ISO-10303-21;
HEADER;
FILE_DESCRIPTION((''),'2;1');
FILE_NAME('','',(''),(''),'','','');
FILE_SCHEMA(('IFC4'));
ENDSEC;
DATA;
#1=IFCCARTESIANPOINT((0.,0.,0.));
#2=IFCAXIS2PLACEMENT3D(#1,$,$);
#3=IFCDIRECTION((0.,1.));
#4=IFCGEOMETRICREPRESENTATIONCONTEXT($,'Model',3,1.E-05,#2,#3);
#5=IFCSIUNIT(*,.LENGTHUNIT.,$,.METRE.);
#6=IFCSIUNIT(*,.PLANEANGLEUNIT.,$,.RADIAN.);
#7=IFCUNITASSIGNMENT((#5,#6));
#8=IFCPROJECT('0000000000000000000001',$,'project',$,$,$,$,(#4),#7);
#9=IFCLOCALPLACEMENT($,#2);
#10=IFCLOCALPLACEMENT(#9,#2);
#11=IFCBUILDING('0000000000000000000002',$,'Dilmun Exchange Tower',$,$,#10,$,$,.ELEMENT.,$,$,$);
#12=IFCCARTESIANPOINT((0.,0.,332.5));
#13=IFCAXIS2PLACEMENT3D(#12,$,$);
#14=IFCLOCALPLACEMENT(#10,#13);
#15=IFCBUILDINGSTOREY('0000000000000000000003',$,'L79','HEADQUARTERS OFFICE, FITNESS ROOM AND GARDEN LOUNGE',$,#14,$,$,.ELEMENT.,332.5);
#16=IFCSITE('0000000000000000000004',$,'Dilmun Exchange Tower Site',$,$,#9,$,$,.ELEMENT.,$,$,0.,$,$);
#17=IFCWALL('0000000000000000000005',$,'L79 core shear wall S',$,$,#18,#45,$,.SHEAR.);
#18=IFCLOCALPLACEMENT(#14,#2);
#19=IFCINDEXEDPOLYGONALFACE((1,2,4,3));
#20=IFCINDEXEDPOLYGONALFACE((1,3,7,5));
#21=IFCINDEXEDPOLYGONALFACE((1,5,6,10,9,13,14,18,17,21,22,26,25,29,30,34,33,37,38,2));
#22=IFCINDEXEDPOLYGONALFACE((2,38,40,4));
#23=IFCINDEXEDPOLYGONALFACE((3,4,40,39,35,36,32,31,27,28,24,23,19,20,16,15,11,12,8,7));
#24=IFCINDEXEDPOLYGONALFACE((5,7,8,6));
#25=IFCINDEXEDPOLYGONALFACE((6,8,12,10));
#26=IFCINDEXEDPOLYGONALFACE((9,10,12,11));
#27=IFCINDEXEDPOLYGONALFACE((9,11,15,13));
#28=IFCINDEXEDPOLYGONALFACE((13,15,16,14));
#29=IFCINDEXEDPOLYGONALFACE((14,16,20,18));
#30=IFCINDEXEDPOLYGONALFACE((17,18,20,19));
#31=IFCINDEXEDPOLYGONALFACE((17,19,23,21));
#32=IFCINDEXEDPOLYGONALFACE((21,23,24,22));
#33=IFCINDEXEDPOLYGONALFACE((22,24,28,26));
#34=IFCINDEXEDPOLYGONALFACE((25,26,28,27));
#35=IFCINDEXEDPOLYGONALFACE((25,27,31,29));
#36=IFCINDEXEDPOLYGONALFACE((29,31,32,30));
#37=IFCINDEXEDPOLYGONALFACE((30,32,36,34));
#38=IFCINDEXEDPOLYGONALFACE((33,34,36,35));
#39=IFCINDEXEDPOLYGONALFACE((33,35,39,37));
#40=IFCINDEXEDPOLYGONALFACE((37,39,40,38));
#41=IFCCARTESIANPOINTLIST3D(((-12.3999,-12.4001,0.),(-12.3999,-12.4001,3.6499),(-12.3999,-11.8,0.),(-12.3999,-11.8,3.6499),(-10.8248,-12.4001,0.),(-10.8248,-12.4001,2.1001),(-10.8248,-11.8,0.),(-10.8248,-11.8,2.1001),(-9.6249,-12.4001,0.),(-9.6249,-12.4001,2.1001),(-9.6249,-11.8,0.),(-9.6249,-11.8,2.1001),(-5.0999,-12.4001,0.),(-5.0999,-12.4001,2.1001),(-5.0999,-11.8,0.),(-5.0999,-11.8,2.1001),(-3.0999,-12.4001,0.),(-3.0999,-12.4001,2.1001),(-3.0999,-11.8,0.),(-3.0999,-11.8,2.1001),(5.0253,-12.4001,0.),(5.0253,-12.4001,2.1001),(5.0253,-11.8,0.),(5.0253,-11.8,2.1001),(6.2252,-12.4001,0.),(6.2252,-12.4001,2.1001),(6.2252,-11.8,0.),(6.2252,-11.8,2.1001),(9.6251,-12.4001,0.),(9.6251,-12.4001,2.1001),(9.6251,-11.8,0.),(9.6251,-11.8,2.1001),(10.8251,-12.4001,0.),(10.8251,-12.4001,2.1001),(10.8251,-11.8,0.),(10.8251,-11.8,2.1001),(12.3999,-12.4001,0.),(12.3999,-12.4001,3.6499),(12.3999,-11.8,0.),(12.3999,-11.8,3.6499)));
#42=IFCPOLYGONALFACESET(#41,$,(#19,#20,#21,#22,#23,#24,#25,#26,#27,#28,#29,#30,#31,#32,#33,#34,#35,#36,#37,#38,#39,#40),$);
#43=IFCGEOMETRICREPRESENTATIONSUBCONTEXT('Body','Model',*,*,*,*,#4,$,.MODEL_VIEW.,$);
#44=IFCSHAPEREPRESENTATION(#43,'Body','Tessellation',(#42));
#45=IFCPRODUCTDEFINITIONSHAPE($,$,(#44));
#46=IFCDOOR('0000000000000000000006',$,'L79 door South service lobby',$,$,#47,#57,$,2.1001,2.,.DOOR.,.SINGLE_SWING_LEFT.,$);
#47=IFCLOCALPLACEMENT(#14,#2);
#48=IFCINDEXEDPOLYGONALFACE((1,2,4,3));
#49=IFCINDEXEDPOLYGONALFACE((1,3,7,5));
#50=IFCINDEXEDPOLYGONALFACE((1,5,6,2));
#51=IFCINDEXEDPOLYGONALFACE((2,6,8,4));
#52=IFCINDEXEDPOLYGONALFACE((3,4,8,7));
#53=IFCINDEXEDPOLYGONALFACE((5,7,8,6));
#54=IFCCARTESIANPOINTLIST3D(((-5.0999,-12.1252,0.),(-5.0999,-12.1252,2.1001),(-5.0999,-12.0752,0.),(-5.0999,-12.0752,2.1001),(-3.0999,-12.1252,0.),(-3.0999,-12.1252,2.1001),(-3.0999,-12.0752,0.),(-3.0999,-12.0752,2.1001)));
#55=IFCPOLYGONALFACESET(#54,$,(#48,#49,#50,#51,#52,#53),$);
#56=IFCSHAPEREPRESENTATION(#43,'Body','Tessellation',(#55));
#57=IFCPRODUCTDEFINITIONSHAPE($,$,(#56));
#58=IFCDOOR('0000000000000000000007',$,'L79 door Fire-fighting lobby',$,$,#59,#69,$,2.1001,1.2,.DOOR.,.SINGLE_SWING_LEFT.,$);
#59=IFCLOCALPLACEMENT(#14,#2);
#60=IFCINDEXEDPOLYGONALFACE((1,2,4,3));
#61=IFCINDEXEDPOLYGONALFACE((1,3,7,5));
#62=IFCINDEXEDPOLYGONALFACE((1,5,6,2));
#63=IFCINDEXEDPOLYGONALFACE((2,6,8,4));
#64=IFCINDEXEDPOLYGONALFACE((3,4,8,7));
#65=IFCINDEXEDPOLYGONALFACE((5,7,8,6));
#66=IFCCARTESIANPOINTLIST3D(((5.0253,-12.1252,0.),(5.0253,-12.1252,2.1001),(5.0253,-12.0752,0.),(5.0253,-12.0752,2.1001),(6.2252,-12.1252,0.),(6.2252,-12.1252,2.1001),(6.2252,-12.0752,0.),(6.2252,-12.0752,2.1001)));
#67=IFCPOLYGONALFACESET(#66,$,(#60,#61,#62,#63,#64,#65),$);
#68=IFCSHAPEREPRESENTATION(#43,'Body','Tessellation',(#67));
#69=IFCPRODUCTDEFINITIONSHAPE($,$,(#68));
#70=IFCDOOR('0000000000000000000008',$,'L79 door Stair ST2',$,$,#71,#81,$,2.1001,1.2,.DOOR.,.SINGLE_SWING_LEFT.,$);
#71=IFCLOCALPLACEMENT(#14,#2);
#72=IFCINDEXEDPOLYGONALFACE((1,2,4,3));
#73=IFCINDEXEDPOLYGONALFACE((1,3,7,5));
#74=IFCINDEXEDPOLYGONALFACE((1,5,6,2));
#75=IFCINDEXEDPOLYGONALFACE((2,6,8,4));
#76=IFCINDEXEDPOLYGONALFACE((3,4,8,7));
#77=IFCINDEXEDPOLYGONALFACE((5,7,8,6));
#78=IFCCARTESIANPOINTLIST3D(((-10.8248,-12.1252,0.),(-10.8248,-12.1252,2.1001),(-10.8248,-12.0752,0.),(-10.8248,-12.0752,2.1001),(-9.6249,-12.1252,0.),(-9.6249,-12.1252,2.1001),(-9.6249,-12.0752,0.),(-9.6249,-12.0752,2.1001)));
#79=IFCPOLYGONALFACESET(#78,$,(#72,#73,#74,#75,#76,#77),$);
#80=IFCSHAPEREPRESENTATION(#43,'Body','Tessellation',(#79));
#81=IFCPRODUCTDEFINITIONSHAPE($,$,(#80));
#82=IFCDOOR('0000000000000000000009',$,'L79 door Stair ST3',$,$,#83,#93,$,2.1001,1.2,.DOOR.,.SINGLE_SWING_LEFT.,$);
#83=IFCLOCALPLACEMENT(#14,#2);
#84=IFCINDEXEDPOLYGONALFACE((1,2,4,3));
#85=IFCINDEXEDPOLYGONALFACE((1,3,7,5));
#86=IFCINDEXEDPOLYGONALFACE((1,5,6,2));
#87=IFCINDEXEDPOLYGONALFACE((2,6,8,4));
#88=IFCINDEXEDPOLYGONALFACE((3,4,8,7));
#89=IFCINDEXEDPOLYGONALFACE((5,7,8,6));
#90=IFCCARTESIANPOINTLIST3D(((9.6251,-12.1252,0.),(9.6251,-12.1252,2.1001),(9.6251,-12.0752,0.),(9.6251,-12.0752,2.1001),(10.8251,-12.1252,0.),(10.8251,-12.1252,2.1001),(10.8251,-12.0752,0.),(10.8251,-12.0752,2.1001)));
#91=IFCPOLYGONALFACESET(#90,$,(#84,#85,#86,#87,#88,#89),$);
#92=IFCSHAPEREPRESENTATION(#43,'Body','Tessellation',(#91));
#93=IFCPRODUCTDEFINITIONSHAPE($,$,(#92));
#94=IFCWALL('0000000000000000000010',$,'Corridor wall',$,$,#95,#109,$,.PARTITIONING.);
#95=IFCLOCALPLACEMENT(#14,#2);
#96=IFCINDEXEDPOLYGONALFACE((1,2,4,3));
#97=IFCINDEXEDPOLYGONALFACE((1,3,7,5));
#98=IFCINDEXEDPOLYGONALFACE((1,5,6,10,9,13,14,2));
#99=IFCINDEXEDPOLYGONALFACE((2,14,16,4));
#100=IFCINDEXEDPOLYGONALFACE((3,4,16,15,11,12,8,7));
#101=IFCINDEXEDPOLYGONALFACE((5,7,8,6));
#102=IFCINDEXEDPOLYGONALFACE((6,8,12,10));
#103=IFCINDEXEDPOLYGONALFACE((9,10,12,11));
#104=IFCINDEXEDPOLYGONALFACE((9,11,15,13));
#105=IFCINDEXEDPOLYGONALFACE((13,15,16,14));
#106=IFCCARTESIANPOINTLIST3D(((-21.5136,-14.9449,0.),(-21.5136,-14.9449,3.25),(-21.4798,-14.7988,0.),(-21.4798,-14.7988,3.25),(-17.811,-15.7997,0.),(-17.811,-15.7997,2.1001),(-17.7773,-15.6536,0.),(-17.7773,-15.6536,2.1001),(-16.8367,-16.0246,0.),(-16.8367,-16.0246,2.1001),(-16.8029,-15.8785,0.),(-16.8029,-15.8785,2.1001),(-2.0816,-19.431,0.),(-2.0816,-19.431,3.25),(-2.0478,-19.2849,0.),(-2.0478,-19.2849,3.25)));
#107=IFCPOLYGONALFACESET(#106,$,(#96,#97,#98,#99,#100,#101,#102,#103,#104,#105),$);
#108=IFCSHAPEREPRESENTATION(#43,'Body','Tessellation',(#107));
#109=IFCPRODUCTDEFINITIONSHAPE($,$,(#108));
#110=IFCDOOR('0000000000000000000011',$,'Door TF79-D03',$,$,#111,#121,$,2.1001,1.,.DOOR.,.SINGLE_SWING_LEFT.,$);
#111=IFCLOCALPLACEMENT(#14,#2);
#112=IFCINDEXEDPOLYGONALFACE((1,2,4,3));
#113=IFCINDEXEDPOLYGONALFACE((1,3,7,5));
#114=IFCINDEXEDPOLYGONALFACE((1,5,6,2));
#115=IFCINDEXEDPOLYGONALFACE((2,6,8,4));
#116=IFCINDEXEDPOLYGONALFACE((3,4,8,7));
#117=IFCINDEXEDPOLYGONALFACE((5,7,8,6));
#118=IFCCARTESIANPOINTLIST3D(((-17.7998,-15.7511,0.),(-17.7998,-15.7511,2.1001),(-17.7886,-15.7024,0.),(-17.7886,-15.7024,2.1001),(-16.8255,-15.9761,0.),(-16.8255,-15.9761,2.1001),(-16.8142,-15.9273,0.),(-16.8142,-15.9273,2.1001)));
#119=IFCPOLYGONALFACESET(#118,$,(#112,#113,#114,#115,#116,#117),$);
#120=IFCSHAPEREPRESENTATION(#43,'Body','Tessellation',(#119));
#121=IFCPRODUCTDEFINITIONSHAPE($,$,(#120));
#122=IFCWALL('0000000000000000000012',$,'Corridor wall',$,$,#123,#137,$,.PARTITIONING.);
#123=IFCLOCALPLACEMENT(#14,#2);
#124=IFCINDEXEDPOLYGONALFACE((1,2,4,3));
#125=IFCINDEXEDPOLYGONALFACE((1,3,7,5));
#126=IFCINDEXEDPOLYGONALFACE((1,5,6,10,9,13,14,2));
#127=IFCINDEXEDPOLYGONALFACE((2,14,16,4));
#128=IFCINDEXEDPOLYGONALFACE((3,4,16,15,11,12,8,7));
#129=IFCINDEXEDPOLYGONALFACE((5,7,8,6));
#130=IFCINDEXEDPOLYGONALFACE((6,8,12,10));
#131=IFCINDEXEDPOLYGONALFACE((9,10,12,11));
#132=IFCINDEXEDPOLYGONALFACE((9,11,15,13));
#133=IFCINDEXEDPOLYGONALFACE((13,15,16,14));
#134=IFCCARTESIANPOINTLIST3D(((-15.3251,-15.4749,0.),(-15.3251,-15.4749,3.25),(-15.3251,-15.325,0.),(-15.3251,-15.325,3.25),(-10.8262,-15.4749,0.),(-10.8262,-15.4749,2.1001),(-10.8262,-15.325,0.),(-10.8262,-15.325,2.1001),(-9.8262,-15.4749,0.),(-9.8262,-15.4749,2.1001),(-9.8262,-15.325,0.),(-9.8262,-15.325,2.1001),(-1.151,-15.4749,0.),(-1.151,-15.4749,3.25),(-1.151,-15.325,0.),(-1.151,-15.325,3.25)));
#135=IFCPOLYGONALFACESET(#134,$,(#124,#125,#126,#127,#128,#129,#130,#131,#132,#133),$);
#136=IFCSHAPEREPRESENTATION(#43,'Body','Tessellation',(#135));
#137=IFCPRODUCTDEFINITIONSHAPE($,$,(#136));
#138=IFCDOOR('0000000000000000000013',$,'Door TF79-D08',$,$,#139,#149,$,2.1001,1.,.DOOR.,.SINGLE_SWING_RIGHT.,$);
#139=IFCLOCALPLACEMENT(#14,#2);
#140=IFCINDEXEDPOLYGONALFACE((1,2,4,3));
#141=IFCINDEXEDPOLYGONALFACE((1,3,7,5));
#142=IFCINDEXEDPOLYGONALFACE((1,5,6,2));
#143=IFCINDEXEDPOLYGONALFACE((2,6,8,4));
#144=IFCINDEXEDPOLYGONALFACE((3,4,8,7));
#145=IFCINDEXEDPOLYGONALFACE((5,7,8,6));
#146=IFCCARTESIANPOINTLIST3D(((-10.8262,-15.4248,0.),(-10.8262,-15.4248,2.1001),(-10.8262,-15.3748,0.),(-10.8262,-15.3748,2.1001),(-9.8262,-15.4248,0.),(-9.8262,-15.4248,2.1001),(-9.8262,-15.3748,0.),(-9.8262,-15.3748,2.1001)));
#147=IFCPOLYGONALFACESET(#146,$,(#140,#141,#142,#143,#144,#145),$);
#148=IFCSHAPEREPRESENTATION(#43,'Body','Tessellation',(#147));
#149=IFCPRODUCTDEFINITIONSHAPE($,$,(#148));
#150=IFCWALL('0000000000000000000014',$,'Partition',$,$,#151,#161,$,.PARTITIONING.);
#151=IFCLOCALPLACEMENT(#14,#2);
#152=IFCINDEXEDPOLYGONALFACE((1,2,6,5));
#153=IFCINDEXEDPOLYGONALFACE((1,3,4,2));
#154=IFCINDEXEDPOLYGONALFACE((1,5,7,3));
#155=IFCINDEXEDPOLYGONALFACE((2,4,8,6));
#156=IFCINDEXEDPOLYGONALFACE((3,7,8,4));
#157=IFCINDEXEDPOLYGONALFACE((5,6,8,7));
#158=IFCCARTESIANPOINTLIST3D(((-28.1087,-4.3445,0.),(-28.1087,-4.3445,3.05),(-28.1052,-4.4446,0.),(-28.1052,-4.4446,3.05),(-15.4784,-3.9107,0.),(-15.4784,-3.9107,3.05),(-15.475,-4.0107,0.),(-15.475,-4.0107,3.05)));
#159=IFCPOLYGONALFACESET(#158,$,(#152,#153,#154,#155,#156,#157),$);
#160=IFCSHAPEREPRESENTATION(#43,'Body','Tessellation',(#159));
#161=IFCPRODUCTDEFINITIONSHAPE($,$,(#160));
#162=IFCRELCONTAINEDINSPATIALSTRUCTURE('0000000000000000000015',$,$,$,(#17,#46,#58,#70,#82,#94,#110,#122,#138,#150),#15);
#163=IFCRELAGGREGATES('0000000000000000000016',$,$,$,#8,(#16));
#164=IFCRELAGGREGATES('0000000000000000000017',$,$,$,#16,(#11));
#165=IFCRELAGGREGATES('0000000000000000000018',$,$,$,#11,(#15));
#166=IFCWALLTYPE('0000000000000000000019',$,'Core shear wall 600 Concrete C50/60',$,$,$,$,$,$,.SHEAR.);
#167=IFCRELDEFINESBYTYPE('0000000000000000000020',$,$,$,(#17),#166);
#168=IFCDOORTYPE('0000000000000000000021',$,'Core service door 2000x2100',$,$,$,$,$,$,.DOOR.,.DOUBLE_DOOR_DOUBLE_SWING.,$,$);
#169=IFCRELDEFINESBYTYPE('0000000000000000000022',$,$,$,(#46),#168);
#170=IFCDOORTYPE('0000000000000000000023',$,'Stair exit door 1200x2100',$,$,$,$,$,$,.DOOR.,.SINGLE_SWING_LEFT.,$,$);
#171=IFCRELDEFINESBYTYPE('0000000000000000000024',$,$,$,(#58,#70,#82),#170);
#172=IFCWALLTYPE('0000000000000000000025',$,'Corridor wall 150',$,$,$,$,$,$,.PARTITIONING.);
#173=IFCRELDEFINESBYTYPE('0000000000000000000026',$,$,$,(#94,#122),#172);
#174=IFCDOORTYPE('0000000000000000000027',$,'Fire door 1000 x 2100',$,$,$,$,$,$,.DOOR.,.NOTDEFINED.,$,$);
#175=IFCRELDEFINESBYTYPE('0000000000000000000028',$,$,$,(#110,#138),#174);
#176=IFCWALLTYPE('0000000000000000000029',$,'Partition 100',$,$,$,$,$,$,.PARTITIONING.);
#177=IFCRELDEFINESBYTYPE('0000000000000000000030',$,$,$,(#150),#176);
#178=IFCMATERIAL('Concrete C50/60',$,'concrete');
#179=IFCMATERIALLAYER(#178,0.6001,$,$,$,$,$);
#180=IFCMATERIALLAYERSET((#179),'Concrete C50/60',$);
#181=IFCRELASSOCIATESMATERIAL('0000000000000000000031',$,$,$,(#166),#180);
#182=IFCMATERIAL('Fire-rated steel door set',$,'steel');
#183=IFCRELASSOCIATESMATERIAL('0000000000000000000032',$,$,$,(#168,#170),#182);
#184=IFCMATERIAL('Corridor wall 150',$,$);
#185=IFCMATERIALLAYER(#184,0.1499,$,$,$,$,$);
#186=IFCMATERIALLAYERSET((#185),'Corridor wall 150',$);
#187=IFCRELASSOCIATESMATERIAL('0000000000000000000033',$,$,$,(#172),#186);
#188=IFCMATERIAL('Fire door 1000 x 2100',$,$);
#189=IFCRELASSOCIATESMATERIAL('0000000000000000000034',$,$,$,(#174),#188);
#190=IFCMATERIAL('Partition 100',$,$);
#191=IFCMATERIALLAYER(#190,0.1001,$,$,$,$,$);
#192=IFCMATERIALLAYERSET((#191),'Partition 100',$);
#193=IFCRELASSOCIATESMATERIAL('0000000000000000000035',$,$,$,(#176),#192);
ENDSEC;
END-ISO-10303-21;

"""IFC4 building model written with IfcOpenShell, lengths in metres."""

from ifc_helpers import new_model, si_unit, direction, frame, frame_2d, origin, place, context, subcontext, project, spatial, rectangle, extrude, material, layer, layer_set, type_object, element, fill, save


model = new_model("IFC4")

# Units and contexts
model_context = context("Model", 3, precision=1e-05, world=origin(), true_north=direction((0.0, 1.0)))
body_context = subcontext(model_context, "Body", "Model", "MODEL_VIEW")
ifc_project = project(units=[si_unit("LENGTHUNIT", "METRE"), si_unit("PLANEANGLEUNIT", "RADIAN")], contexts=[model_context])

# Site, building, storey
site_placement = place(None, origin())
site = spatial("IfcSite", under=ifc_project, at=site_placement, Name="Dilmun Exchange Tower Site", CompositionType="ELEMENT", RefElevation=0.0)
building_placement = place(site_placement, origin())
building = spatial("IfcBuilding", under=site, at=building_placement, Name="Dilmun Exchange Tower", CompositionType="ELEMENT")
storey_placement = place(building_placement, frame((0.0, 0.0, 332.5)))
storey = spatial("IfcBuildingStorey", under=building, at=storey_placement, Name="L79", Description="HEADQUARTERS OFFICE, FITNESS ROOM AND GARDEN LOUNGE", CompositionType="ELEMENT", Elevation=332.5)

# Shared definitions
ifc_material_1 = material(Name="Concrete C50/60", Category="concrete")

# Wall, openings, doors
ifc_material_2 = material(Name="Fire-rated steel door set", Category="steel")
ifc_layer_1 = layer(ifc_material_1, 0.6001)
ifc_layer_set_1 = layer_set([ifc_layer_1], Name="Concrete C50/60")
wall_type_1 = type_object("IfcWallType", Name="Core shear wall 600 Concrete C50/60", PredefinedType="SHEAR", material=ifc_layer_set_1)
wall_1_placement = place(storey_placement, frame((-12.3999, -12.1001, 0.0), z_axis=(0.0, 0.0, 1.0), x_axis=(1.0, 0.0, 0.0)))
wall_1 = element("IfcWall", 1, at=wall_1_placement, inside=storey, type_object=wall_type_1, Name="L79 core shear wall S", PredefinedType="SHEAR", context=body_context, shape_type="SweptSolid", body=[
    extrude(rectangle(XDim=24.7998, YDim=0.6001, at=frame_2d((12.3999, 0.0))), origin(), (0.0, 0.0, 1.0), 3.6499),
])
opening_1_placement = place(wall_1_placement, frame((7.3, 0.0, 0.0)))
opening_1 = element("IfcOpeningElement", 2, at=opening_1_placement, cuts=wall_1, PredefinedType="OPENING", context=body_context, shape_type="SweptSolid", body=[
    extrude(rectangle(XDim=2.0, YDim=2.1001, at=frame_2d((1.0, 1.05))), frame((0.0, 0.3101, 0.0), z_axis=(0.0, -1.0, 0.0), x_axis=(1.0, 0.0, 0.0)), (0.0, 0.0, 1.0), 0.6201),
])
opening_2_placement = place(wall_1_placement, frame((17.425, 0.0, 0.0)))
opening_2 = element("IfcOpeningElement", 3, at=opening_2_placement, cuts=wall_1, PredefinedType="OPENING", context=body_context, shape_type="SweptSolid", body=[
    extrude(rectangle(XDim=1.2, YDim=2.1001, at=frame_2d((0.6001, 1.05))), frame((0.0, 0.3101, 0.0), z_axis=(0.0, -1.0, 0.0), x_axis=(1.0, 0.0, 0.0)), (0.0, 0.0, 1.0), 0.6201),
])
opening_3_placement = place(wall_1_placement, frame((1.575, 0.0, 0.0)))
opening_3 = element("IfcOpeningElement", 4, at=opening_3_placement, cuts=wall_1, PredefinedType="OPENING", context=body_context, shape_type="SweptSolid", body=[
    extrude(rectangle(XDim=1.2, YDim=2.1001, at=frame_2d((0.6001, 1.05))), frame((0.0, 0.3101, 0.0), z_axis=(0.0, -1.0, 0.0), x_axis=(1.0, 0.0, 0.0)), (0.0, 0.0, 1.0), 0.6201),
])
opening_4_placement = place(wall_1_placement, frame((22.0249, 0.0, 0.0)))
opening_4 = element("IfcOpeningElement", 5, at=opening_4_placement, cuts=wall_1, PredefinedType="OPENING", context=body_context, shape_type="SweptSolid", body=[
    extrude(rectangle(XDim=1.2, YDim=2.1001, at=frame_2d((0.6001, 1.05))), frame((0.0, 0.3101, 0.0), z_axis=(0.0, -1.0, 0.0), x_axis=(1.0, 0.0, 0.0)), (0.0, 0.0, 1.0), 0.6201),
])
door_type_1 = type_object("IfcDoorType", Name="Core service door 2000x2100", OperationType="DOUBLE_DOOR_DOUBLE_SWING", PredefinedType="DOOR", material=ifc_material_2)
door_1_placement = place(opening_1_placement, origin())
door_1 = element("IfcDoor", 6, at=door_1_placement, inside=storey, type_object=door_type_1, Name="L79 door South service lobby", OperationType="SINGLE_SWING_LEFT", OverallHeight=2.1001, OverallWidth=2.0, PredefinedType="DOOR", context=body_context, shape_type="SweptSolid", body=[
    extrude(rectangle(XDim=2.0, YDim=2.1001, at=frame_2d((1.0, 1.05))), frame((0.0, 0.0249, 0.0), z_axis=(0.0, -1.0, 0.0), x_axis=(1.0, 0.0, 0.0)), (0.0, 0.0, 1.0), 0.05),
])
fill(opening_1, door_1)
door_type_2 = type_object("IfcDoorType", Name="Stair exit door 1200x2100", OperationType="SINGLE_SWING_LEFT", PredefinedType="DOOR", material=ifc_material_2)
door_2_placement = place(opening_2_placement, origin())
door_2 = element("IfcDoor", 7, at=door_2_placement, inside=storey, type_object=door_type_2, Name="L79 door Fire-fighting lobby", OperationType="SINGLE_SWING_LEFT", OverallHeight=2.1001, OverallWidth=1.2, PredefinedType="DOOR", context=body_context, shape_type="SweptSolid", body=[
    extrude(rectangle(XDim=1.2, YDim=2.1001, at=frame_2d((0.6001, 1.05))), frame((0.0, 0.0249, 0.0), z_axis=(0.0, -1.0, 0.0), x_axis=(1.0, 0.0, 0.0)), (0.0, 0.0, 1.0), 0.05),
])
fill(opening_2, door_2)
door_3_placement = place(opening_3_placement, origin())
door_3 = element("IfcDoor", 8, at=door_3_placement, inside=storey, type_object=door_type_2, Name="L79 door Stair ST2", OperationType="SINGLE_SWING_LEFT", OverallHeight=2.1001, OverallWidth=1.2, PredefinedType="DOOR", context=body_context, shape_type="SweptSolid", body=[
    extrude(rectangle(XDim=1.2, YDim=2.1001, at=frame_2d((0.6001, 1.05))), frame((0.0, 0.0249, 0.0), z_axis=(0.0, -1.0, 0.0), x_axis=(1.0, 0.0, 0.0)), (0.0, 0.0, 1.0), 0.05),
])
fill(opening_3, door_3)
door_4_placement = place(opening_4_placement, origin())
door_4 = element("IfcDoor", 9, at=door_4_placement, inside=storey, type_object=door_type_2, Name="L79 door Stair ST3", OperationType="SINGLE_SWING_LEFT", OverallHeight=2.1001, OverallWidth=1.2, PredefinedType="DOOR", context=body_context, shape_type="SweptSolid", body=[
    extrude(rectangle(XDim=1.2, YDim=2.1001, at=frame_2d((0.6001, 1.05))), frame((0.0, 0.0249, 0.0), z_axis=(0.0, -1.0, 0.0), x_axis=(1.0, 0.0, 0.0)), (0.0, 0.0, 1.0), 0.05),
])
fill(opening_4, door_4)

# Walls, openings, doors
ifc_material_3 = material(Name="Corridor wall 150")
ifc_layer_2 = layer(ifc_material_3, 0.1499)
ifc_layer_set_2 = layer_set([ifc_layer_2], Name="Corridor wall 150")
wall_type_2 = type_object("IfcWallType", Name="Corridor wall 150", PredefinedType="PARTITIONING", material=ifc_layer_set_2)
wall_2_placement = place(storey_placement, frame((-21.4968, -14.8718, 0.0), z_axis=(0.0, 0.0, 1.0), x_axis=(0.974371, -0.224945, 0.0)))
wall_2 = element("IfcWall", 10, at=wall_2_placement, inside=storey, type_object=wall_type_2, Name="Corridor wall", PredefinedType="PARTITIONING", context=body_context, shape_type="SweptSolid", body=[
    extrude(rectangle(XDim=19.9431, YDim=0.1499, at=frame_2d((9.9717, 0.0))), origin(), (0.0, 0.0, 1.0), 3.25),
])
opening_5_placement = place(wall_2_placement, frame((3.8, 0.0, 0.0)))
opening_5 = element("IfcOpeningElement", 11, at=opening_5_placement, cuts=wall_2, PredefinedType="OPENING", context=body_context, shape_type="SweptSolid", body=[
    extrude(rectangle(XDim=1.0, YDim=2.1001, at=frame_2d((0.5, 1.05))), frame((0.0, 0.085, 0.0), z_axis=(0.0, -1.0, 0.0), x_axis=(1.0, 0.0, 0.0)), (0.0, 0.0, 1.0), 0.1699),
])
ifc_material_4 = material(Name="Fire door 1000 x 2100")
door_type_3 = type_object("IfcDoorType", Name="Fire door 1000 x 2100", OperationType="NOTDEFINED", PredefinedType="DOOR", material=ifc_material_4)
door_5_placement = place(opening_5_placement, origin())
door_5 = element("IfcDoor", 12, at=door_5_placement, inside=storey, type_object=door_type_3, Name="Door TF79-D03", OperationType="SINGLE_SWING_LEFT", OverallHeight=2.1001, OverallWidth=1.0, PredefinedType="DOOR", context=body_context, shape_type="SweptSolid", body=[
    extrude(rectangle(XDim=1.0, YDim=2.1001, at=frame_2d((0.5, 1.05))), frame((0.0, 0.0249, 0.0), z_axis=(0.0, -1.0, 0.0), x_axis=(1.0, 0.0, 0.0)), (0.0, 0.0, 1.0), 0.05),
])
fill(opening_5, door_5)
wall_3_placement = place(storey_placement, frame((-15.325, -15.3999, 0.0), z_axis=(0.0, 0.0, 1.0), x_axis=(1.0, 0.0, 0.0)))
wall_3 = element("IfcWall", 13, at=wall_3_placement, inside=storey, type_object=wall_type_2, Name="Corridor wall", PredefinedType="PARTITIONING", context=body_context, shape_type="SweptSolid", body=[
    extrude(rectangle(XDim=14.1741, YDim=0.1499, at=frame_2d((7.0869, 0.0))), origin(), (0.0, 0.0, 1.0), 3.25),
])
opening_6_placement = place(wall_3_placement, frame((4.4988, 0.0, 0.0)))
opening_6 = element("IfcOpeningElement", 14, at=opening_6_placement, cuts=wall_3, PredefinedType="OPENING", context=body_context, shape_type="SweptSolid", body=[
    extrude(rectangle(XDim=1.0, YDim=2.1001, at=frame_2d((0.5, 1.05))), frame((0.0, 0.085, 0.0), z_axis=(0.0, -1.0, 0.0), x_axis=(1.0, 0.0, 0.0)), (0.0, 0.0, 1.0), 0.1699),
])
door_6_placement = place(opening_6_placement, frame((1.0, 0.0, 0.0), z_axis=(0.0, 0.0, 1.0), x_axis=(-1.0, 0.0, 0.0)))
door_6 = element("IfcDoor", 15, at=door_6_placement, inside=storey, type_object=door_type_3, Name="Door TF79-D08", OperationType="SINGLE_SWING_RIGHT", OverallHeight=2.1001, OverallWidth=1.0, PredefinedType="DOOR", context=body_context, shape_type="SweptSolid", body=[
    extrude(rectangle(XDim=1.0, YDim=2.1001, at=frame_2d((0.5, 1.05))), frame((0.0, 0.0249, 0.0), z_axis=(0.0, -1.0, 0.0), x_axis=(1.0, 0.0, 0.0)), (0.0, 0.0, 1.0), 0.05),
])
fill(opening_6, door_6)

# Wall
ifc_material_5 = material(Name="Partition 100")
ifc_layer_3 = layer(ifc_material_5, 0.1001)
ifc_layer_set_3 = layer_set([ifc_layer_3], Name="Partition 100")
wall_type_3 = type_object("IfcWallType", Name="Partition 100", PredefinedType="PARTITIONING", material=ifc_layer_set_3)
wall_4_placement = place(storey_placement, frame((-28.1069, -4.3945, 0.0), z_axis=(0.0, 0.0, 1.0), x_axis=(0.999411, 0.034329, 0.0)))
element("IfcWall", 16, at=wall_4_placement, inside=storey, type_object=wall_type_3, Name="Partition", PredefinedType="PARTITIONING", context=body_context, shape_type="SweptSolid", body=[
    extrude(rectangle(XDim=12.6377, YDim=0.1001, at=frame_2d((6.3188, 0.0))), origin(), (0.0, 0.0, 1.0), 3.05),
])

save(model, "model.ifc")
